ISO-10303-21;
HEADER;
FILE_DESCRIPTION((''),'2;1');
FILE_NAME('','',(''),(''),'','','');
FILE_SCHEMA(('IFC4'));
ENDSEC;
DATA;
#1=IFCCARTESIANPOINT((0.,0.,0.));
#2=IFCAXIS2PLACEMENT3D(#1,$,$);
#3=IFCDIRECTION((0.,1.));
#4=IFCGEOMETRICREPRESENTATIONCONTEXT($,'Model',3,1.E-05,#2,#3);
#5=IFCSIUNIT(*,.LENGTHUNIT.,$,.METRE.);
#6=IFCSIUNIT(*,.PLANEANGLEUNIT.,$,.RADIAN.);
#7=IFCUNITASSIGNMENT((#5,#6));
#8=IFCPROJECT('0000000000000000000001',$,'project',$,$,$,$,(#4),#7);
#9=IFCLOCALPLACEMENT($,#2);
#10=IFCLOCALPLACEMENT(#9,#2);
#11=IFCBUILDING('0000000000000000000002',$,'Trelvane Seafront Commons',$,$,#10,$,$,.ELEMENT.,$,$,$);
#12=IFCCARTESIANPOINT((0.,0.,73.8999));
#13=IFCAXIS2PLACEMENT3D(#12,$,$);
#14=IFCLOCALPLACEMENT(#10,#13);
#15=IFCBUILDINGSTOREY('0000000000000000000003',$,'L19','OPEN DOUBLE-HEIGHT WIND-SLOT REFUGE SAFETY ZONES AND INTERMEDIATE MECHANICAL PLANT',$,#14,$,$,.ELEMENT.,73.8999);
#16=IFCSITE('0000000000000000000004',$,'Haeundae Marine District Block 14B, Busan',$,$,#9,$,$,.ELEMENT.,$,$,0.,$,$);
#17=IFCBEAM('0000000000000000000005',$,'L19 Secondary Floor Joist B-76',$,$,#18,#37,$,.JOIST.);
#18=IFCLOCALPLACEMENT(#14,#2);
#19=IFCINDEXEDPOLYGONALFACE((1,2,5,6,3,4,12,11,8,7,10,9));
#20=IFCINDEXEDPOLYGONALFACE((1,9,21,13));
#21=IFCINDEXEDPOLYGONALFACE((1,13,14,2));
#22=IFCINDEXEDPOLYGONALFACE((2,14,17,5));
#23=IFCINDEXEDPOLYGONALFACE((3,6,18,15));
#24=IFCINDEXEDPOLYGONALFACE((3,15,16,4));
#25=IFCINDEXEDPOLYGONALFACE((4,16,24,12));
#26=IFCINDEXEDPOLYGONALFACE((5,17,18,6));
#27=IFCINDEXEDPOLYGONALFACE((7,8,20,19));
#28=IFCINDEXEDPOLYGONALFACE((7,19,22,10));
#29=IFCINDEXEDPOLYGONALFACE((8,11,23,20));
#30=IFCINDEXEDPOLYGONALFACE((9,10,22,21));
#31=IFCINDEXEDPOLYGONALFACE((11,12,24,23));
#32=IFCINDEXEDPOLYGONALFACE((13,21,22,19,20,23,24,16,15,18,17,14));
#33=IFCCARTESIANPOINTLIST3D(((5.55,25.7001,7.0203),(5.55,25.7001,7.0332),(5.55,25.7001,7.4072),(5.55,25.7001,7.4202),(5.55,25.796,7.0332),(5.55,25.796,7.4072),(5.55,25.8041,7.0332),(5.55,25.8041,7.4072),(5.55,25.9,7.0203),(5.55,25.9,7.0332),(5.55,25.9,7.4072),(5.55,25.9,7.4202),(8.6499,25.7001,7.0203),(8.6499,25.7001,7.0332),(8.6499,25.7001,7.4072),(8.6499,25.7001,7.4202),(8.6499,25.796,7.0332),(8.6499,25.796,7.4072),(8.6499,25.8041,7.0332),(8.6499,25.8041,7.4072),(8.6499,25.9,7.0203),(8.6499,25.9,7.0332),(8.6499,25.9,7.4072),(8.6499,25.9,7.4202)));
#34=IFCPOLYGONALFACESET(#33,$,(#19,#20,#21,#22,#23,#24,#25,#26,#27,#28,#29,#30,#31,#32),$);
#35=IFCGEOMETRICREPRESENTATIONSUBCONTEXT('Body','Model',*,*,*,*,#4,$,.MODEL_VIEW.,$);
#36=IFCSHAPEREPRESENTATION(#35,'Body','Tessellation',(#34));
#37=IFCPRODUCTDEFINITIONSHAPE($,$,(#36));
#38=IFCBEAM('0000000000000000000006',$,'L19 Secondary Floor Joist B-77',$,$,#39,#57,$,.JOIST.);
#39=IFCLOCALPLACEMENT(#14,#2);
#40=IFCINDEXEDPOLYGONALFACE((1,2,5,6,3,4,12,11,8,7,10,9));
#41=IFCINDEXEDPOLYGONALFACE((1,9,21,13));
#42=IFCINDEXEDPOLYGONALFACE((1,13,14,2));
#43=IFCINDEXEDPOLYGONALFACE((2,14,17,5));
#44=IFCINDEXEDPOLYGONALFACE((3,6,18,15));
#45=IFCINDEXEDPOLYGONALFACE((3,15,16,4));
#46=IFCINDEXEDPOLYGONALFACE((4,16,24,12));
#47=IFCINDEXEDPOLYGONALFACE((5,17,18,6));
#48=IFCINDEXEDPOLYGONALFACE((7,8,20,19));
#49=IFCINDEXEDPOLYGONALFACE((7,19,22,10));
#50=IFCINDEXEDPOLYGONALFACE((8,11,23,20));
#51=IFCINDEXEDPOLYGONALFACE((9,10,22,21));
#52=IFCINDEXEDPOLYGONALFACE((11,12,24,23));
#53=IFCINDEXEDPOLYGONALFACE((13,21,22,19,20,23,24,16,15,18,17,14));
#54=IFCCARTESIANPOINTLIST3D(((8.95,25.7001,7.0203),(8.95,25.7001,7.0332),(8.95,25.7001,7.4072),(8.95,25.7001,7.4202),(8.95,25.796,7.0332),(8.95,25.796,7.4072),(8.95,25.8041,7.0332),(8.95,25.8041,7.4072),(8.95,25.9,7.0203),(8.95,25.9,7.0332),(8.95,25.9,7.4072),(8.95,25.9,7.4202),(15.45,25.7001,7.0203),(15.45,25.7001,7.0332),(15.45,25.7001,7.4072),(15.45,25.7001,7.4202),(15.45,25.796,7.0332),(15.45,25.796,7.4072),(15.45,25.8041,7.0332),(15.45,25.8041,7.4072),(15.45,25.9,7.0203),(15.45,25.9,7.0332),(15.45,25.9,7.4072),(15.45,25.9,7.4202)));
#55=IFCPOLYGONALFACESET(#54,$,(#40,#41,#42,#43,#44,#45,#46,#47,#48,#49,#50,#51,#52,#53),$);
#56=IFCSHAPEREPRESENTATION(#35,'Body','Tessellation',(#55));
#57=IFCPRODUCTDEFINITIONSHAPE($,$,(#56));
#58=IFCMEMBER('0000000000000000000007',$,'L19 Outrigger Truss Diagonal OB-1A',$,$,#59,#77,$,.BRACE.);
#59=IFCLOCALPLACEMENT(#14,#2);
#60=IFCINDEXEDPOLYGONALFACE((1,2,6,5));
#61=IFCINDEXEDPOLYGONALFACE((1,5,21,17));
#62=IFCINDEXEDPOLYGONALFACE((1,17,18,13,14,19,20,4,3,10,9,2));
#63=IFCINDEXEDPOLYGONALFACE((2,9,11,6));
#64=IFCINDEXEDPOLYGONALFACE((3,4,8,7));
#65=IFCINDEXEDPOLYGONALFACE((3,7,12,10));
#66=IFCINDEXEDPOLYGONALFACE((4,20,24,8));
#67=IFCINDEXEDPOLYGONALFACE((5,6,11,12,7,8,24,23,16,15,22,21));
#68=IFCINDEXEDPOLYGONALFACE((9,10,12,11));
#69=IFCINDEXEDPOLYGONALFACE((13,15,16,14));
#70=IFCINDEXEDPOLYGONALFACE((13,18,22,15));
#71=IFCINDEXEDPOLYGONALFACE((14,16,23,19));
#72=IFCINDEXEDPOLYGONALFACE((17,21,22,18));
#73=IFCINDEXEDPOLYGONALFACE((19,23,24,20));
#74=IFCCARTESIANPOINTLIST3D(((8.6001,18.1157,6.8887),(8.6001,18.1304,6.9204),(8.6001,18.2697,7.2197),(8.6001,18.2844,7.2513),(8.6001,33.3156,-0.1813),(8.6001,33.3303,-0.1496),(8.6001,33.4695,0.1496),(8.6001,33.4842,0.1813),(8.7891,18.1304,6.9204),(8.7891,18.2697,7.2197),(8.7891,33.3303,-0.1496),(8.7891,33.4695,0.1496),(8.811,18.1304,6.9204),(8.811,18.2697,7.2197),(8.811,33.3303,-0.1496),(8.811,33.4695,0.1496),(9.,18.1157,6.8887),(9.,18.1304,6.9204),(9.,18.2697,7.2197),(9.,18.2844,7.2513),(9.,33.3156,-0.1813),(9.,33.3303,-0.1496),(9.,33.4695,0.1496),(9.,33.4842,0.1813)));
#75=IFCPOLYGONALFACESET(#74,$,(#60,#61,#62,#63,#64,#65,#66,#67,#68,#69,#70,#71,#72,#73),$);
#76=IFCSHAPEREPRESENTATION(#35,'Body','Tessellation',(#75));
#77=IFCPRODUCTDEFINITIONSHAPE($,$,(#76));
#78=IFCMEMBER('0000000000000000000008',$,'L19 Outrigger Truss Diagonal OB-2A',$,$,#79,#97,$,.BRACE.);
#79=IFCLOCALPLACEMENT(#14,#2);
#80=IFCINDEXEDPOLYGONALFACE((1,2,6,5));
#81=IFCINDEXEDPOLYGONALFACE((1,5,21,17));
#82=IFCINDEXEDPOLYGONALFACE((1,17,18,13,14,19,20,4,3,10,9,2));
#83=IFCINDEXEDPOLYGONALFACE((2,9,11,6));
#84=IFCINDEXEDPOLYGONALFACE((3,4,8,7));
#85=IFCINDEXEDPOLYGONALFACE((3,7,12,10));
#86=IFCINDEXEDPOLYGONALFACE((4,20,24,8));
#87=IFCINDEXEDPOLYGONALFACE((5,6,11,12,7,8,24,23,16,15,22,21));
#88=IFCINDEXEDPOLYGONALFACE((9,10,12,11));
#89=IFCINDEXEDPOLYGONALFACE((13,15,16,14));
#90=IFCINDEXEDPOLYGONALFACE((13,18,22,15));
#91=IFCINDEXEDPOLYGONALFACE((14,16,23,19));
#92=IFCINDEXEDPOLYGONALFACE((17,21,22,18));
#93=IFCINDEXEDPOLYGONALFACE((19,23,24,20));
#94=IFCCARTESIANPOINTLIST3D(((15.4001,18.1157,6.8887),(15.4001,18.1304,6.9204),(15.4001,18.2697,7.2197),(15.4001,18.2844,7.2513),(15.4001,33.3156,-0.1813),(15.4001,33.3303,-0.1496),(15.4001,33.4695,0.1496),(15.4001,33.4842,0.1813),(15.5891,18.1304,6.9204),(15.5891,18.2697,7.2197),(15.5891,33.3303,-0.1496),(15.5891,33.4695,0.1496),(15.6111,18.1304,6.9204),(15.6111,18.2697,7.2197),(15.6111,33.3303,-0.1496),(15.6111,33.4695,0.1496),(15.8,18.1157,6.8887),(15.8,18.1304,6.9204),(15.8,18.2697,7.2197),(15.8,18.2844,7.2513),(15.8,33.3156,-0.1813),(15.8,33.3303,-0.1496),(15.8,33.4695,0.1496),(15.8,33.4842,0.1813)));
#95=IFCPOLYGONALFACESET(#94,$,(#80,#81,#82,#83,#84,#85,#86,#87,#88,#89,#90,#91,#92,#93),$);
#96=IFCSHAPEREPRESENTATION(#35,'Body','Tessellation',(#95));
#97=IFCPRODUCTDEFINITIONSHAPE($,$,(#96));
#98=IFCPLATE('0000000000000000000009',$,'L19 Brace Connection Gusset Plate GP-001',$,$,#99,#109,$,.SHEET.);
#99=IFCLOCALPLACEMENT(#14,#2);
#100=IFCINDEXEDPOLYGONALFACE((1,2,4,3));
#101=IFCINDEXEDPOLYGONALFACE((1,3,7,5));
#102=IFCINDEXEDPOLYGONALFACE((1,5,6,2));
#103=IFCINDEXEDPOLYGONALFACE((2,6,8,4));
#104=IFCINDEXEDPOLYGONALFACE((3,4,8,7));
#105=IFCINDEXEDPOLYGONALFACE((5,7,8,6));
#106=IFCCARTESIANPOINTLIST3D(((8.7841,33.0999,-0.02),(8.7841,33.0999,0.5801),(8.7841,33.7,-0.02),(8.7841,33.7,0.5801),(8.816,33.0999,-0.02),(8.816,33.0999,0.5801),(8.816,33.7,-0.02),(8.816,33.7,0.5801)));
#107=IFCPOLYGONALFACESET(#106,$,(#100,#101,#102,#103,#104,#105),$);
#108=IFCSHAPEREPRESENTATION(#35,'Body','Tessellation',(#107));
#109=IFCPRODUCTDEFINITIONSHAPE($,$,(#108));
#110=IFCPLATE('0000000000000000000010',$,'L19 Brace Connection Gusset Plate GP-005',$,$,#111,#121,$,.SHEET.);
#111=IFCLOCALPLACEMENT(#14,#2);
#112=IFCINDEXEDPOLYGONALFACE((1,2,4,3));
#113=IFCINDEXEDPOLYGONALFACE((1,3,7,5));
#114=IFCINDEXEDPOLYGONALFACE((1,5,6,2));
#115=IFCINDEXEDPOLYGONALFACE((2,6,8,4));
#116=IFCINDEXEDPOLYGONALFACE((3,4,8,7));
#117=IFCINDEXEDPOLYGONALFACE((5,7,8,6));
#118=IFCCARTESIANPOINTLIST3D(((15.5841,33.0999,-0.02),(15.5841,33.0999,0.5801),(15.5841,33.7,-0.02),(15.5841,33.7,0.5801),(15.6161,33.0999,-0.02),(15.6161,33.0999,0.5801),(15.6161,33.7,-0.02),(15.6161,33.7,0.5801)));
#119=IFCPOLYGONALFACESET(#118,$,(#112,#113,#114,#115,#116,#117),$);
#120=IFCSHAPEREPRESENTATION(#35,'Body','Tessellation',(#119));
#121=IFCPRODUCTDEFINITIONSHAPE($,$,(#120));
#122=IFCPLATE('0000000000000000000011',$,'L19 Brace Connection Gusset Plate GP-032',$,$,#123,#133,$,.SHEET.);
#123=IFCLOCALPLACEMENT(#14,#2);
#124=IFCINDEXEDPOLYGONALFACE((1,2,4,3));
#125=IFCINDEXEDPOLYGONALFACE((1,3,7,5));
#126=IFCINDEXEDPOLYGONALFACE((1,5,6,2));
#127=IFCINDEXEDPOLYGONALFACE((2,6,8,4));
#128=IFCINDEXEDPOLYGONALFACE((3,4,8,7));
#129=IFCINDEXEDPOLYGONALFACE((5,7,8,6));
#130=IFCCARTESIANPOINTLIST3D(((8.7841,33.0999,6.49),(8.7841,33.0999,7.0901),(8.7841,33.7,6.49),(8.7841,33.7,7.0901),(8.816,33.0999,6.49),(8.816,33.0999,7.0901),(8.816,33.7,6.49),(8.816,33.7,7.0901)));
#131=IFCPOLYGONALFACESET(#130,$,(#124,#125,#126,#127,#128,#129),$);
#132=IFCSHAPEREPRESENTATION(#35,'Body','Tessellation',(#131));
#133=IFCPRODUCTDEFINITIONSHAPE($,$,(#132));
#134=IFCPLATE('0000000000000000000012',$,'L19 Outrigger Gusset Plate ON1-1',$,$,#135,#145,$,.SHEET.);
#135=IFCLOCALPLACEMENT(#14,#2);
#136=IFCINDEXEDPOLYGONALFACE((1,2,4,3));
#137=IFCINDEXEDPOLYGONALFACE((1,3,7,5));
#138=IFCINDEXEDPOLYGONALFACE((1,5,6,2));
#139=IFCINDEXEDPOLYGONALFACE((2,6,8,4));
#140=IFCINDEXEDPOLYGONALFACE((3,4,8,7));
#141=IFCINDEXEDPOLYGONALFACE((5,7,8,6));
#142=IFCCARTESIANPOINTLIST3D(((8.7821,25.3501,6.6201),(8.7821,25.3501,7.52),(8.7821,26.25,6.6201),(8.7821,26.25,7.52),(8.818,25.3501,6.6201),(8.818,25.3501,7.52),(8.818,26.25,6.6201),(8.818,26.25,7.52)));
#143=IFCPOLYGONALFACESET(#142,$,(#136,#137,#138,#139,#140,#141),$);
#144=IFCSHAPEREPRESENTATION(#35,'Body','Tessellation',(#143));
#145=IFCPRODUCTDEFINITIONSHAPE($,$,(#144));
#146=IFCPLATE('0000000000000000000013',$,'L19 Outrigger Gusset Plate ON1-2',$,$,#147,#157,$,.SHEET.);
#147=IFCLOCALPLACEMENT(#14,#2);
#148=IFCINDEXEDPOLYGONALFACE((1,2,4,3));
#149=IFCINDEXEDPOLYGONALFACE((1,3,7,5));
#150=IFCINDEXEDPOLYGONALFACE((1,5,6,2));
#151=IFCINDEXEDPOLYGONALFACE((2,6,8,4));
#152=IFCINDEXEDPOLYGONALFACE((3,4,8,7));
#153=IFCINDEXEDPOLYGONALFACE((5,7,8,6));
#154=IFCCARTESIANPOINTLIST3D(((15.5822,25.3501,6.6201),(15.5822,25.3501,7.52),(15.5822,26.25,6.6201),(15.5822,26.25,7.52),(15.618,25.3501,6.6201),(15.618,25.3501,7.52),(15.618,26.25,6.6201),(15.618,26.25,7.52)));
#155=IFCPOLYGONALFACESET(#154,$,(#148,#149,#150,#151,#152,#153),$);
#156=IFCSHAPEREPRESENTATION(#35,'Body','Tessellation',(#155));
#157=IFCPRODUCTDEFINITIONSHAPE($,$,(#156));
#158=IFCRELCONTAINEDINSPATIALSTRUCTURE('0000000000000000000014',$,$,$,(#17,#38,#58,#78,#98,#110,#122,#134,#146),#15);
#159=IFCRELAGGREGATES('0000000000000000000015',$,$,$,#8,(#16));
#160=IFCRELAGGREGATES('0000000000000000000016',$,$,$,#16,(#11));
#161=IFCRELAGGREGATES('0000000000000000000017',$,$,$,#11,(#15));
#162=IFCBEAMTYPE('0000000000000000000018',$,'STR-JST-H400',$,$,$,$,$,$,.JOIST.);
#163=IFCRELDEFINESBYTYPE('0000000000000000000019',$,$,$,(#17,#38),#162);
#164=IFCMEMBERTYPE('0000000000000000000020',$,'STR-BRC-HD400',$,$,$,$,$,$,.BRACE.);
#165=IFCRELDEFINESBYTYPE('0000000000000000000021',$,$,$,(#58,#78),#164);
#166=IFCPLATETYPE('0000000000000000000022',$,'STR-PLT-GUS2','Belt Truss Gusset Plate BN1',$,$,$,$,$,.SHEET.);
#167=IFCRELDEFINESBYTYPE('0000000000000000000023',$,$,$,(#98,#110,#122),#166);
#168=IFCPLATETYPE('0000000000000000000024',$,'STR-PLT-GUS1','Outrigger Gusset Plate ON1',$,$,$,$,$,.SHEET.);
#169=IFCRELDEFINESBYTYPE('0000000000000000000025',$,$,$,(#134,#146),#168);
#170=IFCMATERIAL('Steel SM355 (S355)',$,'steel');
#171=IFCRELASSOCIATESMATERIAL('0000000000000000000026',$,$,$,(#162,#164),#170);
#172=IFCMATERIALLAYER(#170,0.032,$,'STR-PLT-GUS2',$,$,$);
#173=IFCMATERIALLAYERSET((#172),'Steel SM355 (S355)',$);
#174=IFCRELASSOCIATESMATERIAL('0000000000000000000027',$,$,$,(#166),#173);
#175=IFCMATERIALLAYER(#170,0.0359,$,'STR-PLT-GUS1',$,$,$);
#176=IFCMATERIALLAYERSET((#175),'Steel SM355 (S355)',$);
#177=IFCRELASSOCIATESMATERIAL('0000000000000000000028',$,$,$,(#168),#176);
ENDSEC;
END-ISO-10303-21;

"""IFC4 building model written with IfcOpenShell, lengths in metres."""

from ifc_helpers import new_model, si_unit, direction, frame, origin, origin_2d, place, context, subcontext, project, spatial, rectangle, i_section, extrude, source, transform, mapped, material, layer, layer_set, material_profile, profile_set, type_object, element, save


model = new_model("IFC4")

# Units and contexts
model_context = context("Model", 3, precision=1e-05, world=origin(), true_north=direction((0.0, 1.0)))
body_context = subcontext(model_context, "Body", "Model", "MODEL_VIEW")
ifc_project = project(units=[si_unit("LENGTHUNIT", "METRE"), si_unit("PLANEANGLEUNIT", "RADIAN")], contexts=[model_context])

# Site, building, storey
site_placement = place(None, origin())
site = spatial("IfcSite", under=ifc_project, at=site_placement, Name="Haeundae Marine District Block 14B, Busan", CompositionType="ELEMENT", RefElevation=0.0)
building_placement = place(site_placement, origin())
building = spatial("IfcBuilding", under=site, at=building_placement, Name="Trelvane Seafront Commons", CompositionType="ELEMENT")
storey_placement = place(building_placement, frame((0.0, 0.0, 73.8999)))
storey = spatial("IfcBuildingStorey", under=building, at=storey_placement, Name="L19", Description="OPEN DOUBLE-HEIGHT WIND-SLOT REFUGE SAFETY ZONES AND INTERMEDIATE MECHANICAL PLANT", CompositionType="ELEMENT", Elevation=73.8999)

# Shared definitions
ifc_material_1 = material(Name="Steel SM355 (S355)", Category="steel")

# Beams
ifc_material_profile_1 = material_profile(ifc_material_1, i_section(OverallWidth=0.2, OverallDepth=0.3999, WebThickness=0.0081, FlangeThickness=0.0129, at=origin_2d()), Name="H-400x200x8x13")
ifc_profile_set_1 = profile_set([ifc_material_profile_1], Name="Steel SM355 (S355)")
beam_type_1 = type_object("IfcBeamType", Name="STR-JST-H400", PredefinedType="JOIST", material=ifc_profile_set_1)
shared_shape_1 = source(origin(), body_context, "Body", "SweptSolid", [
    extrude(i_section(OverallWidth=0.2, OverallDepth=0.3999, WebThickness=0.0081, FlangeThickness=0.0129, at=origin_2d()), origin(), (0.0, 0.0, 1.0), 3.0999),
])
beam_1_placement = place(storey_placement, frame((5.55, 25.8, 7.2202), z_axis=(1.0, 0.0, 0.0), x_axis=(0.0, 1.0, 0.0)))
element("IfcBeam", 1, at=beam_1_placement, inside=storey, type_object=beam_type_1, Name="L19 Secondary Floor Joist B-76", PredefinedType="JOIST", context=body_context, shape_type="MappedRepresentation", body=[
    mapped(shared_shape_1, transform((0.0, 0.0, 0.0), x_axis=(1.0, 0.0, 0.0), y_axis=(0.0, 1.0, 0.0), z_axis=(0.0, 0.0, 1.0), scale=1.0)),
])
shared_shape_2 = source(origin(), body_context, "Body", "SweptSolid", [
    extrude(i_section(OverallWidth=0.2, OverallDepth=0.3999, WebThickness=0.0081, FlangeThickness=0.0129, at=origin_2d()), origin(), (0.0, 0.0, 1.0), 6.5),
])
beam_2_placement = place(storey_placement, frame((8.95, 25.8, 7.2202), z_axis=(1.0, 0.0, 0.0), x_axis=(0.0, 1.0, 0.0)))
element("IfcBeam", 2, at=beam_2_placement, inside=storey, type_object=beam_type_1, Name="L19 Secondary Floor Joist B-77", PredefinedType="JOIST", context=body_context, shape_type="MappedRepresentation", body=[
    mapped(shared_shape_2, transform((0.0, 0.0, 0.0), x_axis=(1.0, 0.0, 0.0), y_axis=(0.0, 1.0, 0.0), z_axis=(0.0, 0.0, 1.0), scale=1.0)),
])

# Members
ifc_material_profile_2 = material_profile(ifc_material_1, i_section(OverallWidth=0.3999, OverallDepth=0.3999, WebThickness=0.022, FlangeThickness=0.0349, at=origin_2d()), Name="HD-400x400x22x35")
ifc_profile_set_2 = profile_set([ifc_material_profile_2], Name="Steel SM355 (S355)")
member_type = type_object("IfcMemberType", Name="STR-BRC-HD400", PredefinedType="BRACE", material=ifc_profile_set_2)
shared_shape_3 = source(origin(), body_context, "Body", "SweptSolid", [
    extrude(i_section(OverallWidth=0.3999, OverallDepth=0.3999, WebThickness=0.022, FlangeThickness=0.0349, at=origin_2d()), origin(), (0.0, 0.0, 1.0), 16.7637),
])
for number, where, z_axis, x_axis, name in (
    (3, (8.8, 33.3999, 0.0), (0.0, -0.906714, 0.421747), (1.0, 0.0, 0.0), "L19 Outrigger Truss Diagonal OB-1A"),
    (4, (15.6001, 33.3999, 0.0), (0.0, -0.906714, 0.421747), (1.0, 0.0, 0.0), "L19 Outrigger Truss Diagonal OB-2A"),
):
    element("IfcMember", number, at=place(storey_placement, frame(where, z_axis=z_axis, x_axis=x_axis)), inside=storey, type_object=member_type, Name=name, PredefinedType="BRACE", context=body_context, shape_type="MappedRepresentation", body=[
        mapped(shared_shape_3, transform((0.0, 0.0, 0.0), x_axis=(1.0, 0.0, 0.0), y_axis=(0.0, 1.0, 0.0), z_axis=(0.0, 0.0, 1.0), scale=1.0)),
    ])

# Plates
ifc_layer_1 = layer(ifc_material_1, 0.032, Name="STR-PLT-GUS2")
ifc_layer_set_1 = layer_set([ifc_layer_1], Name="Steel SM355 (S355)")
plate_type_1 = type_object("IfcPlateType", Name="STR-PLT-GUS2", Description="Belt Truss Gusset Plate BN1", PredefinedType="SHEET", material=ifc_layer_set_1)
shared_shape_4 = source(origin(), body_context, "Body", "SweptSolid", [
    extrude(rectangle(XDim=0.032, YDim=0.6001, at=origin_2d()), origin(), (0.0, 0.0, 1.0), 0.6001),
])
for number, where, z_axis, x_axis, name in (
    (5, (8.8, 33.3999, -0.02), (0.0, 0.0, 1.0), (1.0, 0.0, 0.0), "L19 Brace Connection Gusset Plate GP-001"),
    (6, (15.6001, 33.3999, -0.02), (0.0, 0.0, 1.0), (1.0, 0.0, 0.0), "L19 Brace Connection Gusset Plate GP-005"),
    (7, (8.8, 33.3999, 6.49), (0.0, 0.0, 1.0), (1.0, 0.0, 0.0), "L19 Brace Connection Gusset Plate GP-032"),
):
    element("IfcPlate", number, at=place(storey_placement, frame(where, z_axis=z_axis, x_axis=x_axis)), inside=storey, type_object=plate_type_1, Name=name, PredefinedType="SHEET", context=body_context, shape_type="MappedRepresentation", body=[
        mapped(shared_shape_4, transform((0.0, 0.0, 0.0), x_axis=(1.0, 0.0, 0.0), y_axis=(0.0, 1.0, 0.0), z_axis=(0.0, 0.0, 1.0), scale=1.0)),
    ])
ifc_layer_2 = layer(ifc_material_1, 0.0359, Name="STR-PLT-GUS1")
ifc_layer_set_2 = layer_set([ifc_layer_2], Name="Steel SM355 (S355)")
plate_type_2 = type_object("IfcPlateType", Name="STR-PLT-GUS1", Description="Outrigger Gusset Plate ON1", PredefinedType="SHEET", material=ifc_layer_set_2)
shared_shape_5 = source(origin(), body_context, "Body", "SweptSolid", [
    extrude(rectangle(XDim=0.0359, YDim=0.8999, at=origin_2d()), origin(), (0.0, 0.0, 1.0), 0.8999),
])
for number, where, z_axis, x_axis, name in (
    (8, (8.8, 25.8, 6.6201), (0.0, 0.0, 1.0), (1.0, 0.0, 0.0), "L19 Outrigger Gusset Plate ON1-1"),
    (9, (15.6001, 25.8, 6.6201), (0.0, 0.0, 1.0), (1.0, 0.0, 0.0), "L19 Outrigger Gusset Plate ON1-2"),
):
    element("IfcPlate", number, at=place(storey_placement, frame(where, z_axis=z_axis, x_axis=x_axis)), inside=storey, type_object=plate_type_2, Name=name, PredefinedType="SHEET", context=body_context, shape_type="MappedRepresentation", body=[
        mapped(shared_shape_5, transform((0.0, 0.0, 0.0), x_axis=(1.0, 0.0, 0.0), y_axis=(0.0, 1.0, 0.0), z_axis=(0.0, 0.0, 1.0), scale=1.0)),
    ])

save(model, "model.ifc")
